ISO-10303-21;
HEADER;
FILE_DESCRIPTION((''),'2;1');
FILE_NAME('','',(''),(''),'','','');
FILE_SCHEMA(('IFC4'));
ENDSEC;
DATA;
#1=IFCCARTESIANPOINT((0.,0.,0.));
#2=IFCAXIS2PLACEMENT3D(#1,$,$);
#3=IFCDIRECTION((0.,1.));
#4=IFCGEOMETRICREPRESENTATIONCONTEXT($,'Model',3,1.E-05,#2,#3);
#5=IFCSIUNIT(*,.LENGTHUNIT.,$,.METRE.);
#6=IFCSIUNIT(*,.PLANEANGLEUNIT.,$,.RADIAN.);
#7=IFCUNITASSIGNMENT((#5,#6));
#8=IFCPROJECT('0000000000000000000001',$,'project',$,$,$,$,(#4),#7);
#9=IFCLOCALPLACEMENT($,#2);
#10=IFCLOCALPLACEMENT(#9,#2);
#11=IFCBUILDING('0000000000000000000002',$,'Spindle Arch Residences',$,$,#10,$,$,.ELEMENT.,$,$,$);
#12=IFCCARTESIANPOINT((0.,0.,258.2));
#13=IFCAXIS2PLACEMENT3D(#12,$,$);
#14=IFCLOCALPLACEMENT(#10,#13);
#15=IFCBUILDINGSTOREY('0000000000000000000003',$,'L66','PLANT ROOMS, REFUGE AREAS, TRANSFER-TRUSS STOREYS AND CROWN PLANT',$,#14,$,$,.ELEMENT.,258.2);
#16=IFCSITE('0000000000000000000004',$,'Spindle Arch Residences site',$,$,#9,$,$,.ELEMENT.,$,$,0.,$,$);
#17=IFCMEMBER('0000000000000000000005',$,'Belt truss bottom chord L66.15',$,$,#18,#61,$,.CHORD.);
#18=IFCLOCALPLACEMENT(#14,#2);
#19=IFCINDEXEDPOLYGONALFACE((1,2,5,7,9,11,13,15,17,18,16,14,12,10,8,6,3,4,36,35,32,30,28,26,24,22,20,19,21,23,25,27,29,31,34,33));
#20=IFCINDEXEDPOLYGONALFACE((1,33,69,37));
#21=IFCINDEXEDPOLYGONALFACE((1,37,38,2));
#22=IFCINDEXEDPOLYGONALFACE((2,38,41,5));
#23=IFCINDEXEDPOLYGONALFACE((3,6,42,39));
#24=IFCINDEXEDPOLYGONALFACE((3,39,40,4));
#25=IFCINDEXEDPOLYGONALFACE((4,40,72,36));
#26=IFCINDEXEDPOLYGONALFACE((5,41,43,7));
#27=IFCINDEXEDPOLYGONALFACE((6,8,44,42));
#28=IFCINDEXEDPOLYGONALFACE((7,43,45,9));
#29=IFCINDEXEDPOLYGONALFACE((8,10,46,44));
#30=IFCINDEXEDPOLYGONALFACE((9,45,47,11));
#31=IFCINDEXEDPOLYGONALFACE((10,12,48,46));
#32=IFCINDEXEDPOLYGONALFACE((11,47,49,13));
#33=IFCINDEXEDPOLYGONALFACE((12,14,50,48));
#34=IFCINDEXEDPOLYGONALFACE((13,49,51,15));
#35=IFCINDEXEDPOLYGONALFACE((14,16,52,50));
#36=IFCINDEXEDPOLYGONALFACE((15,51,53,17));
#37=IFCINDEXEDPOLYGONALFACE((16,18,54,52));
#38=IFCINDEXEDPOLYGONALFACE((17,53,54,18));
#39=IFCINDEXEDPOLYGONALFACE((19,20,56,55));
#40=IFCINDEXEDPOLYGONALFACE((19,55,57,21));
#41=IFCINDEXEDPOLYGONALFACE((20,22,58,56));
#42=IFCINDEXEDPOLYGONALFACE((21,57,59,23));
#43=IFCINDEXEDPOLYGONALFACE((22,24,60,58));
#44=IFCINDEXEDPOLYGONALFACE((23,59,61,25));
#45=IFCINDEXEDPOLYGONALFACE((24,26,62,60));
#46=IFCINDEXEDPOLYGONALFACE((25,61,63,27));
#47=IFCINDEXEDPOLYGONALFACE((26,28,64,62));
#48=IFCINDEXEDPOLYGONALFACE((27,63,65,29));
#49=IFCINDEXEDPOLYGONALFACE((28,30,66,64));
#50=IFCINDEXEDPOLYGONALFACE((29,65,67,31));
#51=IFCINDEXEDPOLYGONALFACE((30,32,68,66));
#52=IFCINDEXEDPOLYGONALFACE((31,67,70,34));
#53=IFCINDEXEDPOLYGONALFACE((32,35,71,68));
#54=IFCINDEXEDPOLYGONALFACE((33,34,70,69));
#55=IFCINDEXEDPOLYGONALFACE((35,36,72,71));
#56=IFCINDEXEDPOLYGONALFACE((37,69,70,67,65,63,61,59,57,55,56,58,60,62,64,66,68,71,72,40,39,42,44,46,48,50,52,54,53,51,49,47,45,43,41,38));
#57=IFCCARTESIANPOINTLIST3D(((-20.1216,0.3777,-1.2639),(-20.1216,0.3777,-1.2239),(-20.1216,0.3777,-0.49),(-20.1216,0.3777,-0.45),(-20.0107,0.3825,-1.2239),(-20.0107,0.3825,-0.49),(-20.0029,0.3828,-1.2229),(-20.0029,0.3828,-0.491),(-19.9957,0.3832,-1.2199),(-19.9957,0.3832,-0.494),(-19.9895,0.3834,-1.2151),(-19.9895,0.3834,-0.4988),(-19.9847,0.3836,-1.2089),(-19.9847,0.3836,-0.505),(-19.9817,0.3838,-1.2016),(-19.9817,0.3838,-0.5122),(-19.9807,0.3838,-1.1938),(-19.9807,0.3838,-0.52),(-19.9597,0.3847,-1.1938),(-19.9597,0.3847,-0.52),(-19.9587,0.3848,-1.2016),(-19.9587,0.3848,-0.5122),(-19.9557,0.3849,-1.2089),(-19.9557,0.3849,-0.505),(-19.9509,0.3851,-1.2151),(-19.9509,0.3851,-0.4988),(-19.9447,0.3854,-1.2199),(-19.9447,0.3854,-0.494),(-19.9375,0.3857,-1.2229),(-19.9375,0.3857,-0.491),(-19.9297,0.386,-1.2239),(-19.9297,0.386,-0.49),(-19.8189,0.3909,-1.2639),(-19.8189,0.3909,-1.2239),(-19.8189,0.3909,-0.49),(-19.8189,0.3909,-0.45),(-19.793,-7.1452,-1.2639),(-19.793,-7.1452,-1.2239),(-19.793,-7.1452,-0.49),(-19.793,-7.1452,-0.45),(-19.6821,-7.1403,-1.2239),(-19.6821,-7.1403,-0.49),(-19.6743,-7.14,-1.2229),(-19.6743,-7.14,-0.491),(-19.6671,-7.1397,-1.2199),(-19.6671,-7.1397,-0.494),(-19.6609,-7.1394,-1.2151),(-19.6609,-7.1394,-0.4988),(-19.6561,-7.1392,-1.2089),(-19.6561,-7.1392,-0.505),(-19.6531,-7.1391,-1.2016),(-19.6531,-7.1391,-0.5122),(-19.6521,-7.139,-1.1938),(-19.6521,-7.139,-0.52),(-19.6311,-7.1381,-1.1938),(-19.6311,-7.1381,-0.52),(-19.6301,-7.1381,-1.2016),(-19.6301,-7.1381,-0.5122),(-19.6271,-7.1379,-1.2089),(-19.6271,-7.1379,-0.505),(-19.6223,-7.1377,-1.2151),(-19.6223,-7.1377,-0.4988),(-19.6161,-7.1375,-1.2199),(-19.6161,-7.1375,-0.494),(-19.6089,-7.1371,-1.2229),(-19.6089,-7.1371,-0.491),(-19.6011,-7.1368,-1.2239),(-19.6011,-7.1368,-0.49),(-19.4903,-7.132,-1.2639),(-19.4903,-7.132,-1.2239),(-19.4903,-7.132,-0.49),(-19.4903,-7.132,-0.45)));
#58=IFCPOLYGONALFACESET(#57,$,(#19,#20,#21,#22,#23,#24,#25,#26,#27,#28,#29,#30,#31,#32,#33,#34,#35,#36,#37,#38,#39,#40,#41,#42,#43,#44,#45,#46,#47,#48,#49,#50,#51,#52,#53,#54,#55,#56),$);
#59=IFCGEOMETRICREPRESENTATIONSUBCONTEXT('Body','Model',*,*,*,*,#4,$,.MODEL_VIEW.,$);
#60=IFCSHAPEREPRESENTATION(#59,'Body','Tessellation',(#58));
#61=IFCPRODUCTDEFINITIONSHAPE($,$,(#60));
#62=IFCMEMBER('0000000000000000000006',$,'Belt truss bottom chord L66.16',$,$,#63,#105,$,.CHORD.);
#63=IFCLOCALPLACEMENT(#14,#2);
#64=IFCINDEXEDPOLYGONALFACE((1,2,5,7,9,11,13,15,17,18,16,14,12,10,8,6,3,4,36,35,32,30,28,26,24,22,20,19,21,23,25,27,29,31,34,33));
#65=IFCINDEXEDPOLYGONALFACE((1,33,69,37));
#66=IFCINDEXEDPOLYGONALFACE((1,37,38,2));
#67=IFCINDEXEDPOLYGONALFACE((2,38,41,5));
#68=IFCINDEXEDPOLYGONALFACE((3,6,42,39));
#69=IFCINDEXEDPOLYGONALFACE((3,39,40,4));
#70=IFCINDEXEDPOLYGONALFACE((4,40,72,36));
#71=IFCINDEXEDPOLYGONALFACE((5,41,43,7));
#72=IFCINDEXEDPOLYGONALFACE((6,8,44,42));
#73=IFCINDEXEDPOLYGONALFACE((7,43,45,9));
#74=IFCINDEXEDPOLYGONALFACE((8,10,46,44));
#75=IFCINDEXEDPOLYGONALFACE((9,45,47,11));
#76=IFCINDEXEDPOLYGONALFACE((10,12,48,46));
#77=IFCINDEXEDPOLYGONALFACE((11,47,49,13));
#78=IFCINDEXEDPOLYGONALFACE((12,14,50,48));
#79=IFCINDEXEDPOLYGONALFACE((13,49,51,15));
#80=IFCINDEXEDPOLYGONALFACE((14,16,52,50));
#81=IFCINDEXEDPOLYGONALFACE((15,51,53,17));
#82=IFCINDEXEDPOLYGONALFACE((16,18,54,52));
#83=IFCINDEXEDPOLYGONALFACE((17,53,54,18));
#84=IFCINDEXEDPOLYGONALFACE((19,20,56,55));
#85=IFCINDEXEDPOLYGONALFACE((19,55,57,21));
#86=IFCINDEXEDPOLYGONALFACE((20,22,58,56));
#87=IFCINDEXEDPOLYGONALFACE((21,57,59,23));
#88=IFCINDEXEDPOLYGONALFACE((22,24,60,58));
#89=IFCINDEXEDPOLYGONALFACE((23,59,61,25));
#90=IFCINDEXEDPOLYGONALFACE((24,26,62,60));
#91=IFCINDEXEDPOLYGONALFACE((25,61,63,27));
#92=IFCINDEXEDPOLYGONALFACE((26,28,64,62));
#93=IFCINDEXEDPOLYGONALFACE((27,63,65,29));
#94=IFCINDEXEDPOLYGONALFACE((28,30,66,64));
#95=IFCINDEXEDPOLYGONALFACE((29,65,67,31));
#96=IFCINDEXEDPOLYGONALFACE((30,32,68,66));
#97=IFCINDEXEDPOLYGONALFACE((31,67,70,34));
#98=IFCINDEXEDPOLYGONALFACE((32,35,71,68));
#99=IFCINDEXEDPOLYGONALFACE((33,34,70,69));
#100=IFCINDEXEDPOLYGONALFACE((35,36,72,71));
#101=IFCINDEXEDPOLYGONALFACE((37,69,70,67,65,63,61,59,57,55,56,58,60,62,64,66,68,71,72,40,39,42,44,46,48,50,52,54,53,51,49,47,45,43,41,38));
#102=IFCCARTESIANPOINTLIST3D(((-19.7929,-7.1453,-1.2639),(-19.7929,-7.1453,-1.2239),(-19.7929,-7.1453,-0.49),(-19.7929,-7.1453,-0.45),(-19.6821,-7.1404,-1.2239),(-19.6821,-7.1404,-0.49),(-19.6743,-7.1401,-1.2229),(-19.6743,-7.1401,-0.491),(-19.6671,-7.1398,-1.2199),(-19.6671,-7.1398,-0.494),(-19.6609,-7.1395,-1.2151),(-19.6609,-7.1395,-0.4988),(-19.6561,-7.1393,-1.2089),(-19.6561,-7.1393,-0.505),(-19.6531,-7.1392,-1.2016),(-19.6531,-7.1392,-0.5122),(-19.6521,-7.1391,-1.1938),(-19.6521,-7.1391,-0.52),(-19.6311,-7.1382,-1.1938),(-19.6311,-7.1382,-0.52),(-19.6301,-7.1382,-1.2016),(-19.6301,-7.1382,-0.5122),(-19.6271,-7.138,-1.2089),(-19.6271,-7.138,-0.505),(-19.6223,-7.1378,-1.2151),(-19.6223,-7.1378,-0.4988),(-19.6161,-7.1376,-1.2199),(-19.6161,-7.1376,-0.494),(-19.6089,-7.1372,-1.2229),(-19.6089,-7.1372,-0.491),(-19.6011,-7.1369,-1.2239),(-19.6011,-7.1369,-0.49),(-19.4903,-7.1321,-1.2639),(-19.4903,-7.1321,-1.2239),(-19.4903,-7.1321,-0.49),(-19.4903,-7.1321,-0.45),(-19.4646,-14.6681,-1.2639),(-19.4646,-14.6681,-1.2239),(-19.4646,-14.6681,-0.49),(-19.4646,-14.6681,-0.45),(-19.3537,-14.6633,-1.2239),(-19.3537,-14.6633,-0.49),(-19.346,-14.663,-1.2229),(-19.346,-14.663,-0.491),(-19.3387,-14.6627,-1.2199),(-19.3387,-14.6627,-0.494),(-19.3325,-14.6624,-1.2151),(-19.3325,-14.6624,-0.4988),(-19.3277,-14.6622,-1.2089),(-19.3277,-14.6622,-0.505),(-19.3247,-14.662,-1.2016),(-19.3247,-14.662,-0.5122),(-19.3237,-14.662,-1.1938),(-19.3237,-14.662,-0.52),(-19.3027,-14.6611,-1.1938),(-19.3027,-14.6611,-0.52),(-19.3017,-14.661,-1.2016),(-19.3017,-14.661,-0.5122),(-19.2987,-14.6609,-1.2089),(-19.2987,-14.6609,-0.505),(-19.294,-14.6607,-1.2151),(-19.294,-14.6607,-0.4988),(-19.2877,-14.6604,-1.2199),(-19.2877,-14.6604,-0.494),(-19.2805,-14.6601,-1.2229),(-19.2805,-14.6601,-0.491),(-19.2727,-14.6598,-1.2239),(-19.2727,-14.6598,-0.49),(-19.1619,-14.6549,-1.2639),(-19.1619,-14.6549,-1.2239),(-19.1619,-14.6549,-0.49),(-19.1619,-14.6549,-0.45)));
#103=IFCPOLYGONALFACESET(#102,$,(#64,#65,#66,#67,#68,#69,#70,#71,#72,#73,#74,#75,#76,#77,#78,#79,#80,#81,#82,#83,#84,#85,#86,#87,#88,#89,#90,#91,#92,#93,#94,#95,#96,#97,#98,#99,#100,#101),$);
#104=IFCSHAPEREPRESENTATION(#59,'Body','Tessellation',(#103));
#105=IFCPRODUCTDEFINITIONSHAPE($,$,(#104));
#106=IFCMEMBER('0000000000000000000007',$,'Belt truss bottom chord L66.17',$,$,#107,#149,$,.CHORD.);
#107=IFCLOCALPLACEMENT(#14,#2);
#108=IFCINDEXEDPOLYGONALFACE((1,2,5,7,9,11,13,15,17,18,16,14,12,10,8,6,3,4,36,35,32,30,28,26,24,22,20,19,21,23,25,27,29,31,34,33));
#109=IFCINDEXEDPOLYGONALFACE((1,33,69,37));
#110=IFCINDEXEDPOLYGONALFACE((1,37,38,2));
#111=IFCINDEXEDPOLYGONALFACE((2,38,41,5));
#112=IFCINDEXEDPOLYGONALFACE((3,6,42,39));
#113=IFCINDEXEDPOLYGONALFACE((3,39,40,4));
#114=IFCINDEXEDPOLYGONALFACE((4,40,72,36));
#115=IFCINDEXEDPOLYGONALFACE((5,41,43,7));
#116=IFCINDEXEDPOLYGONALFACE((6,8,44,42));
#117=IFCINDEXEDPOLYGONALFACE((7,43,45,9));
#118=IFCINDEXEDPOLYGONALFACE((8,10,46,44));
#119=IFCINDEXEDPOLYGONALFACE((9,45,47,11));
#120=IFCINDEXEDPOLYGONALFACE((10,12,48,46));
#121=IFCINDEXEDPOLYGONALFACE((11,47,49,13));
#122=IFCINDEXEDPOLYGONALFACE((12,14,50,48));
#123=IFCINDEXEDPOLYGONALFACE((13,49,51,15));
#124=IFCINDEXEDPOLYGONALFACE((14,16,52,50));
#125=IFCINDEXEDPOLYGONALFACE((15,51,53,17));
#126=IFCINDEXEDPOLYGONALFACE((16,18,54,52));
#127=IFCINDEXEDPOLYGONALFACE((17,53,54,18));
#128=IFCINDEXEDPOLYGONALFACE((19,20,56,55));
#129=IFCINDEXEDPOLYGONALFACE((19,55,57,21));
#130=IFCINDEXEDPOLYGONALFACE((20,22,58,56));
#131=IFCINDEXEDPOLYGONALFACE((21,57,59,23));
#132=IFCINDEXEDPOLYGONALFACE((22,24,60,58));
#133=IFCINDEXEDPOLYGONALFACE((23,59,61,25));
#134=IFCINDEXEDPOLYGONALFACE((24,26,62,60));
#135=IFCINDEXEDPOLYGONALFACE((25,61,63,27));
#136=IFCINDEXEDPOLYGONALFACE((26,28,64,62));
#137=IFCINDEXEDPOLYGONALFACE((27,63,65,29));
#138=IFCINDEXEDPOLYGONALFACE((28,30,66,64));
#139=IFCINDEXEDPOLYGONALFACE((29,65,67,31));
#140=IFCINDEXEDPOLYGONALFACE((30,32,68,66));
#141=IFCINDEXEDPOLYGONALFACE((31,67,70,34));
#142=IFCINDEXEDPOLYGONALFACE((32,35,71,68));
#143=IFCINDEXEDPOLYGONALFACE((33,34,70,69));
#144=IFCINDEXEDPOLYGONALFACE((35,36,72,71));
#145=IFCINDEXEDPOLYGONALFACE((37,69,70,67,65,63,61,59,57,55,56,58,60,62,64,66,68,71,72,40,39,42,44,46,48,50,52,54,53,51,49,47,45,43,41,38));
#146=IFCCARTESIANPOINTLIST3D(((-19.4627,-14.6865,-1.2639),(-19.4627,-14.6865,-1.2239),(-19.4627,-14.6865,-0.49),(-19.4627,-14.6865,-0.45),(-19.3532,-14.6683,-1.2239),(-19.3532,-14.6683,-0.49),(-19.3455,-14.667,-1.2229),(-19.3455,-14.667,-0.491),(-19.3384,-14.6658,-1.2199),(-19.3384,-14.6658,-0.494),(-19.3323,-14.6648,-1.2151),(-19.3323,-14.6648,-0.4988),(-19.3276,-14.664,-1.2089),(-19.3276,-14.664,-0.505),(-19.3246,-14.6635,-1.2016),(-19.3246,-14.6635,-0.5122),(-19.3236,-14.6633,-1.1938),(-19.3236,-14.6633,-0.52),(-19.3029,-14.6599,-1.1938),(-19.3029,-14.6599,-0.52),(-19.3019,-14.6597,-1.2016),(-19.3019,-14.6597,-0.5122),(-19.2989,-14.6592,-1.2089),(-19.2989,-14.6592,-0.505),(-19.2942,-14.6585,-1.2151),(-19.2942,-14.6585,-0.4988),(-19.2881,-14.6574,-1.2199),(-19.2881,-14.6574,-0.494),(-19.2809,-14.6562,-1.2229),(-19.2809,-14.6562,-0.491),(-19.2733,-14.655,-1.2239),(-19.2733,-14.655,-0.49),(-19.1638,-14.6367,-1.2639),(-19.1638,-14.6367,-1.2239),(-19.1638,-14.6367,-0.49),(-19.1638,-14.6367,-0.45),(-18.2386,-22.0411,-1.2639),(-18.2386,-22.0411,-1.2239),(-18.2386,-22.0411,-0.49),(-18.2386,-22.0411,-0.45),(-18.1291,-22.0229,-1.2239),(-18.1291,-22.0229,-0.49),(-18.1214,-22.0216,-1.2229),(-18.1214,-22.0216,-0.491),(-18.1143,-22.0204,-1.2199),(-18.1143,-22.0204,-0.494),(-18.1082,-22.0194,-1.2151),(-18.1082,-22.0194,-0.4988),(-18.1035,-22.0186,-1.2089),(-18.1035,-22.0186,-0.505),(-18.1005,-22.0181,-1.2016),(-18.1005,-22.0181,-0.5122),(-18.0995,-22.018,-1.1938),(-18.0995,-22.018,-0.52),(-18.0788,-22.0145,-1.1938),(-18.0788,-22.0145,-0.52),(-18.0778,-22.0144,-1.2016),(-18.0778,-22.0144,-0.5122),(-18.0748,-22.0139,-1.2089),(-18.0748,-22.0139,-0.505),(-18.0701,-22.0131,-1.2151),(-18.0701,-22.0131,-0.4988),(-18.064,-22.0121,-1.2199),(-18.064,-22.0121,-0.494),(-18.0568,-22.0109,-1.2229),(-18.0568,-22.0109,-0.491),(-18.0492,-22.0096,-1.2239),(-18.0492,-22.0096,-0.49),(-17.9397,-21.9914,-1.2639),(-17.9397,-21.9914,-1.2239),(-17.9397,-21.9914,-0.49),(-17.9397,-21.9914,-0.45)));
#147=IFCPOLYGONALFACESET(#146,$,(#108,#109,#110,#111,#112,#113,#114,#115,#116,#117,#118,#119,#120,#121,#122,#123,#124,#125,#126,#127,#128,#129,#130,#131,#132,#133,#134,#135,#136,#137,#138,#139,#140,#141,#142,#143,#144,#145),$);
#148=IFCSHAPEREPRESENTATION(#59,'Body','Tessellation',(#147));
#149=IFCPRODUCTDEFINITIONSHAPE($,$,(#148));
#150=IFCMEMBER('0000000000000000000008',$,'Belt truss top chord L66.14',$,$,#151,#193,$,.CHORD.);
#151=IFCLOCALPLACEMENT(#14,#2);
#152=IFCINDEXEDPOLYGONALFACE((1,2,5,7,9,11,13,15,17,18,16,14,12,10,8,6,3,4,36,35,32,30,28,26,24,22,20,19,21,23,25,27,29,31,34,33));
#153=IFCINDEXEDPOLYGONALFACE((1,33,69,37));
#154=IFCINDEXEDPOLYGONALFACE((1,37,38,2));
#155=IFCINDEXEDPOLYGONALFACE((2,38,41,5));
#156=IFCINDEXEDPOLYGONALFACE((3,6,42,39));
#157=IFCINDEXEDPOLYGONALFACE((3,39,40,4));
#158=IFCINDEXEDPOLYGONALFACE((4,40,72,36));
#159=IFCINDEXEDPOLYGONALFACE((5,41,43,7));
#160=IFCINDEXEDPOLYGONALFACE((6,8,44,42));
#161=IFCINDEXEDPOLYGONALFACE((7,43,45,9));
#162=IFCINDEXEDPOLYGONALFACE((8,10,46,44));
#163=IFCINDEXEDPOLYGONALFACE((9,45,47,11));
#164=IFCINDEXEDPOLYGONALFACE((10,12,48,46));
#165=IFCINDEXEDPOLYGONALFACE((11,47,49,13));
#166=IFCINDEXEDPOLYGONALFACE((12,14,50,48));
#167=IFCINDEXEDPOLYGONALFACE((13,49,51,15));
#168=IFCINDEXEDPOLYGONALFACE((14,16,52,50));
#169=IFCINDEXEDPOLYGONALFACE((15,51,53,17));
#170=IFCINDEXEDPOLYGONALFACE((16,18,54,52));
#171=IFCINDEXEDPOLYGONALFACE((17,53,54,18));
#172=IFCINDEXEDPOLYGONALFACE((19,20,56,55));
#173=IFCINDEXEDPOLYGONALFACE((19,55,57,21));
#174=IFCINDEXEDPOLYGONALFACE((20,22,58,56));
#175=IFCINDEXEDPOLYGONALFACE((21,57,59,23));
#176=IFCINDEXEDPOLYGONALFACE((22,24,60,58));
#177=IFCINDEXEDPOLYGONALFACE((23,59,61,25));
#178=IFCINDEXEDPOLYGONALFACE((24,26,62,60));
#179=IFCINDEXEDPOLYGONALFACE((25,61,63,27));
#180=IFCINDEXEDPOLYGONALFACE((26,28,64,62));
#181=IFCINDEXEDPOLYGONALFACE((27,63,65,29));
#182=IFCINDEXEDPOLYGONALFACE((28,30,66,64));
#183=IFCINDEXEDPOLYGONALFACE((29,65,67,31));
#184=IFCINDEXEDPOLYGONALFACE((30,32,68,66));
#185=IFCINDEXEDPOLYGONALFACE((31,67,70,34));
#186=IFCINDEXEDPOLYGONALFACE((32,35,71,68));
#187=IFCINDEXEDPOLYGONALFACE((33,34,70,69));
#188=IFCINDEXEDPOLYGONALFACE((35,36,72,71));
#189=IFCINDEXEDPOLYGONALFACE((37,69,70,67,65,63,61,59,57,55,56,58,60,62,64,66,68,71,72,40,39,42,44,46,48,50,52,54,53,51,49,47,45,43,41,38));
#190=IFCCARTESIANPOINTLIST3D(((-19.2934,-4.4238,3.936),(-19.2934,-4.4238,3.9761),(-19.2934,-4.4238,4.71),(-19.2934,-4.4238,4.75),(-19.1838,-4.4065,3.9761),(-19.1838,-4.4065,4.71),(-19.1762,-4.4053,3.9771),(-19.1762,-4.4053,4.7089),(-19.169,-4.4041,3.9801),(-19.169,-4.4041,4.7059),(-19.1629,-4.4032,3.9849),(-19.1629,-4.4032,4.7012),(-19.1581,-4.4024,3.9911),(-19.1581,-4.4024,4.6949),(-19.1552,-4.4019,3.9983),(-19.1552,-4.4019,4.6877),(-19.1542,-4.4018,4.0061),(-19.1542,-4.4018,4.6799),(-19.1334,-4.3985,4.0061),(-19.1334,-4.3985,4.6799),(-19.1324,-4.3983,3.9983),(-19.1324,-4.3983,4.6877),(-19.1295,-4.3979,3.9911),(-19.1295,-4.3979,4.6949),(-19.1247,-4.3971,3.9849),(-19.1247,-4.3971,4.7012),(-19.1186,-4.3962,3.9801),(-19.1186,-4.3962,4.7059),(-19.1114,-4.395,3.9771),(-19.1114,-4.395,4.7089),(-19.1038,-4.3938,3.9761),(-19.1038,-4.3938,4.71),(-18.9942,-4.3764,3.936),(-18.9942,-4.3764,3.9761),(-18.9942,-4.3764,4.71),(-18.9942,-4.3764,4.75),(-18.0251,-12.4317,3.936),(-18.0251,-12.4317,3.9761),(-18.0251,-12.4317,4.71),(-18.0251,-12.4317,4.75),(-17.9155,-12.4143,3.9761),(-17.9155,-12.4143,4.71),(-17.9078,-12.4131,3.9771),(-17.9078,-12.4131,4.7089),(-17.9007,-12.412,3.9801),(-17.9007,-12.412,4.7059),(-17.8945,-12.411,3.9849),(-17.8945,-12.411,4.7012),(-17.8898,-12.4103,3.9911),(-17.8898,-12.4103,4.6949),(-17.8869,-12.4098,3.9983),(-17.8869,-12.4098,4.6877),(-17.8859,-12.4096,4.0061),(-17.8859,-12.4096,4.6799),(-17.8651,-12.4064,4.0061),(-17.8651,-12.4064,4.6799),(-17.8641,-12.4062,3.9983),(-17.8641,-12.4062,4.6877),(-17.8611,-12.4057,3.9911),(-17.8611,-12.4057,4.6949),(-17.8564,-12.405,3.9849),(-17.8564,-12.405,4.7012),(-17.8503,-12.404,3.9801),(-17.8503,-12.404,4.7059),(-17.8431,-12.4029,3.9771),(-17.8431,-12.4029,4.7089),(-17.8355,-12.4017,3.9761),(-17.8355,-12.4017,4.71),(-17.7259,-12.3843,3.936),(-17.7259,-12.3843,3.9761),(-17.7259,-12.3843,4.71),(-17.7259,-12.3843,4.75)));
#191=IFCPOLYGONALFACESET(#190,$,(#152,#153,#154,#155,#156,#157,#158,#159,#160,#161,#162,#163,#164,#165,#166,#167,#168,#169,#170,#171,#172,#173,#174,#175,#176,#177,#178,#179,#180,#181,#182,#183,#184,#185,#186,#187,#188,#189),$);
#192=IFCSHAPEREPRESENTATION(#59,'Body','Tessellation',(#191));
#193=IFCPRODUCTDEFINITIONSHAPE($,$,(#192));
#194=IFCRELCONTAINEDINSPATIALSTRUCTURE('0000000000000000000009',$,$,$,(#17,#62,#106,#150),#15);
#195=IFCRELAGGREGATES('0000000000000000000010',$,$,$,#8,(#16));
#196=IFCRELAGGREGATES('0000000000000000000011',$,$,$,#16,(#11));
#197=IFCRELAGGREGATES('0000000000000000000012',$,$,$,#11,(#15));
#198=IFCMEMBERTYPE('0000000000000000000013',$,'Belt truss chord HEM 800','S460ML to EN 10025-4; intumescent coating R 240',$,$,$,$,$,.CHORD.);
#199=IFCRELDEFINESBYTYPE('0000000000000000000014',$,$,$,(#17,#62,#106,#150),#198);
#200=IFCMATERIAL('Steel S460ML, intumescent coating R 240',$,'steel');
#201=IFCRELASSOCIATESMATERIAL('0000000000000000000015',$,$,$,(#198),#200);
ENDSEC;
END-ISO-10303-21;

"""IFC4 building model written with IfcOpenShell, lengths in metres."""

from ifc_helpers import new_model, si_unit, direction, frame, origin, origin_2d, place, context, subcontext, project, spatial, i_section, extrude, material, material_profile, profile_set, type_object, element, save


model = new_model("IFC4")

# Units and contexts
model_context = context("Model", 3, precision=1e-05, world=origin(), true_north=direction((0.0, 1.0)))
body_context = subcontext(model_context, "Body", "Model", "MODEL_VIEW")
ifc_project = project(units=[si_unit("LENGTHUNIT", "METRE"), si_unit("PLANEANGLEUNIT", "RADIAN")], contexts=[model_context])

# Site, building, storey
site_placement = place(None, origin())
site = spatial("IfcSite", under=ifc_project, at=site_placement, Name="Spindle Arch Residences site", CompositionType="ELEMENT", RefElevation=0.0)
building_placement = place(site_placement, origin())
building = spatial("IfcBuilding", under=site, at=building_placement, Name="Spindle Arch Residences", CompositionType="ELEMENT")
storey_placement = place(building_placement, frame((0.0, 0.0, 258.2)))
storey = spatial("IfcBuildingStorey", under=building, at=storey_placement, Name="L66", Description="PLANT ROOMS, REFUGE AREAS, TRANSFER-TRUSS STOREYS AND CROWN PLANT", CompositionType="ELEMENT", Elevation=258.2)

# Members
ifc_material_1 = material(Name="Steel S460ML, intumescent coating R 240", Category="steel")
ifc_material_profile_1 = material_profile(ifc_material_1, i_section(OverallWidth=0.303, OverallDepth=0.814, WebThickness=0.021, FlangeThickness=0.04, FilletRadius=0.03, at=origin_2d()), Name="HEM 800")
ifc_profile_set_1 = profile_set([ifc_material_profile_1], Name="Steel S460ML, intumescent coating R 240")
member_type_1 = type_object("IfcMemberType", Name="Belt truss chord HEM 800", Description="S460ML to EN 10025-4; intumescent coating R 240", PredefinedType="CHORD", material=ifc_profile_set_1)
for number, where, z_axis, x_axis, name in (
    (1, (-19.9702, 0.3843, -0.8569), (0.04364, -0.999047, 0.0), (0.999047, 0.04364, 0.0), "Belt truss bottom chord L66.15"),
    (2, (-19.6416, -7.1387, -0.8569), (0.043607, -0.999049, 0.0), (0.999049, 0.043607, 0.0), "Belt truss bottom chord L66.16"),
):
    element("IfcMember", number, at=place(storey_placement, frame(where, z_axis=z_axis, x_axis=x_axis)), inside=storey, type_object=member_type_1, Name=name, PredefinedType="CHORD", context=body_context, shape_type="SweptSolid", body=[
        extrude(i_section(OverallWidth=0.303, OverallDepth=0.814, WebThickness=0.021, FlangeThickness=0.04, FilletRadius=0.03, at=origin_2d()), origin(), (0.0, 0.0, 1.0), 7.53),
    ])
member_1_placement = place(storey_placement, frame((-19.3132, -14.6616, -0.8569), z_axis=(0.164181, -0.98643, 0.0), x_axis=(0.98643, 0.164181, 0.0)))
element("IfcMember", 3, at=member_1_placement, inside=storey, type_object=member_type_1, Name="Belt truss bottom chord L66.17", PredefinedType="CHORD", context=body_context, shape_type="SweptSolid", body=[
    extrude(i_section(OverallWidth=0.303, OverallDepth=0.814, WebThickness=0.021, FlangeThickness=0.04, FilletRadius=0.03, at=origin_2d()), origin(), (0.0, 0.0, 1.0), 7.4558),
])
member_2_placement = place(storey_placement, frame((-19.1438, -4.4001, 4.343), z_axis=(0.156434, -0.987688, 0.0), x_axis=(0.987688, 0.156434, 0.0)))
element("IfcMember", 4, at=member_2_placement, inside=storey, type_object=member_type_1, Name="Belt truss top chord L66.14", PredefinedType="CHORD", context=body_context, shape_type="SweptSolid", body=[
    extrude(i_section(OverallWidth=0.303, OverallDepth=0.814, WebThickness=0.021, FlangeThickness=0.04, FilletRadius=0.03, at=origin_2d()), origin(), (0.0, 0.0, 1.0), 8.1077),
])

save(model, "model.ifc")
